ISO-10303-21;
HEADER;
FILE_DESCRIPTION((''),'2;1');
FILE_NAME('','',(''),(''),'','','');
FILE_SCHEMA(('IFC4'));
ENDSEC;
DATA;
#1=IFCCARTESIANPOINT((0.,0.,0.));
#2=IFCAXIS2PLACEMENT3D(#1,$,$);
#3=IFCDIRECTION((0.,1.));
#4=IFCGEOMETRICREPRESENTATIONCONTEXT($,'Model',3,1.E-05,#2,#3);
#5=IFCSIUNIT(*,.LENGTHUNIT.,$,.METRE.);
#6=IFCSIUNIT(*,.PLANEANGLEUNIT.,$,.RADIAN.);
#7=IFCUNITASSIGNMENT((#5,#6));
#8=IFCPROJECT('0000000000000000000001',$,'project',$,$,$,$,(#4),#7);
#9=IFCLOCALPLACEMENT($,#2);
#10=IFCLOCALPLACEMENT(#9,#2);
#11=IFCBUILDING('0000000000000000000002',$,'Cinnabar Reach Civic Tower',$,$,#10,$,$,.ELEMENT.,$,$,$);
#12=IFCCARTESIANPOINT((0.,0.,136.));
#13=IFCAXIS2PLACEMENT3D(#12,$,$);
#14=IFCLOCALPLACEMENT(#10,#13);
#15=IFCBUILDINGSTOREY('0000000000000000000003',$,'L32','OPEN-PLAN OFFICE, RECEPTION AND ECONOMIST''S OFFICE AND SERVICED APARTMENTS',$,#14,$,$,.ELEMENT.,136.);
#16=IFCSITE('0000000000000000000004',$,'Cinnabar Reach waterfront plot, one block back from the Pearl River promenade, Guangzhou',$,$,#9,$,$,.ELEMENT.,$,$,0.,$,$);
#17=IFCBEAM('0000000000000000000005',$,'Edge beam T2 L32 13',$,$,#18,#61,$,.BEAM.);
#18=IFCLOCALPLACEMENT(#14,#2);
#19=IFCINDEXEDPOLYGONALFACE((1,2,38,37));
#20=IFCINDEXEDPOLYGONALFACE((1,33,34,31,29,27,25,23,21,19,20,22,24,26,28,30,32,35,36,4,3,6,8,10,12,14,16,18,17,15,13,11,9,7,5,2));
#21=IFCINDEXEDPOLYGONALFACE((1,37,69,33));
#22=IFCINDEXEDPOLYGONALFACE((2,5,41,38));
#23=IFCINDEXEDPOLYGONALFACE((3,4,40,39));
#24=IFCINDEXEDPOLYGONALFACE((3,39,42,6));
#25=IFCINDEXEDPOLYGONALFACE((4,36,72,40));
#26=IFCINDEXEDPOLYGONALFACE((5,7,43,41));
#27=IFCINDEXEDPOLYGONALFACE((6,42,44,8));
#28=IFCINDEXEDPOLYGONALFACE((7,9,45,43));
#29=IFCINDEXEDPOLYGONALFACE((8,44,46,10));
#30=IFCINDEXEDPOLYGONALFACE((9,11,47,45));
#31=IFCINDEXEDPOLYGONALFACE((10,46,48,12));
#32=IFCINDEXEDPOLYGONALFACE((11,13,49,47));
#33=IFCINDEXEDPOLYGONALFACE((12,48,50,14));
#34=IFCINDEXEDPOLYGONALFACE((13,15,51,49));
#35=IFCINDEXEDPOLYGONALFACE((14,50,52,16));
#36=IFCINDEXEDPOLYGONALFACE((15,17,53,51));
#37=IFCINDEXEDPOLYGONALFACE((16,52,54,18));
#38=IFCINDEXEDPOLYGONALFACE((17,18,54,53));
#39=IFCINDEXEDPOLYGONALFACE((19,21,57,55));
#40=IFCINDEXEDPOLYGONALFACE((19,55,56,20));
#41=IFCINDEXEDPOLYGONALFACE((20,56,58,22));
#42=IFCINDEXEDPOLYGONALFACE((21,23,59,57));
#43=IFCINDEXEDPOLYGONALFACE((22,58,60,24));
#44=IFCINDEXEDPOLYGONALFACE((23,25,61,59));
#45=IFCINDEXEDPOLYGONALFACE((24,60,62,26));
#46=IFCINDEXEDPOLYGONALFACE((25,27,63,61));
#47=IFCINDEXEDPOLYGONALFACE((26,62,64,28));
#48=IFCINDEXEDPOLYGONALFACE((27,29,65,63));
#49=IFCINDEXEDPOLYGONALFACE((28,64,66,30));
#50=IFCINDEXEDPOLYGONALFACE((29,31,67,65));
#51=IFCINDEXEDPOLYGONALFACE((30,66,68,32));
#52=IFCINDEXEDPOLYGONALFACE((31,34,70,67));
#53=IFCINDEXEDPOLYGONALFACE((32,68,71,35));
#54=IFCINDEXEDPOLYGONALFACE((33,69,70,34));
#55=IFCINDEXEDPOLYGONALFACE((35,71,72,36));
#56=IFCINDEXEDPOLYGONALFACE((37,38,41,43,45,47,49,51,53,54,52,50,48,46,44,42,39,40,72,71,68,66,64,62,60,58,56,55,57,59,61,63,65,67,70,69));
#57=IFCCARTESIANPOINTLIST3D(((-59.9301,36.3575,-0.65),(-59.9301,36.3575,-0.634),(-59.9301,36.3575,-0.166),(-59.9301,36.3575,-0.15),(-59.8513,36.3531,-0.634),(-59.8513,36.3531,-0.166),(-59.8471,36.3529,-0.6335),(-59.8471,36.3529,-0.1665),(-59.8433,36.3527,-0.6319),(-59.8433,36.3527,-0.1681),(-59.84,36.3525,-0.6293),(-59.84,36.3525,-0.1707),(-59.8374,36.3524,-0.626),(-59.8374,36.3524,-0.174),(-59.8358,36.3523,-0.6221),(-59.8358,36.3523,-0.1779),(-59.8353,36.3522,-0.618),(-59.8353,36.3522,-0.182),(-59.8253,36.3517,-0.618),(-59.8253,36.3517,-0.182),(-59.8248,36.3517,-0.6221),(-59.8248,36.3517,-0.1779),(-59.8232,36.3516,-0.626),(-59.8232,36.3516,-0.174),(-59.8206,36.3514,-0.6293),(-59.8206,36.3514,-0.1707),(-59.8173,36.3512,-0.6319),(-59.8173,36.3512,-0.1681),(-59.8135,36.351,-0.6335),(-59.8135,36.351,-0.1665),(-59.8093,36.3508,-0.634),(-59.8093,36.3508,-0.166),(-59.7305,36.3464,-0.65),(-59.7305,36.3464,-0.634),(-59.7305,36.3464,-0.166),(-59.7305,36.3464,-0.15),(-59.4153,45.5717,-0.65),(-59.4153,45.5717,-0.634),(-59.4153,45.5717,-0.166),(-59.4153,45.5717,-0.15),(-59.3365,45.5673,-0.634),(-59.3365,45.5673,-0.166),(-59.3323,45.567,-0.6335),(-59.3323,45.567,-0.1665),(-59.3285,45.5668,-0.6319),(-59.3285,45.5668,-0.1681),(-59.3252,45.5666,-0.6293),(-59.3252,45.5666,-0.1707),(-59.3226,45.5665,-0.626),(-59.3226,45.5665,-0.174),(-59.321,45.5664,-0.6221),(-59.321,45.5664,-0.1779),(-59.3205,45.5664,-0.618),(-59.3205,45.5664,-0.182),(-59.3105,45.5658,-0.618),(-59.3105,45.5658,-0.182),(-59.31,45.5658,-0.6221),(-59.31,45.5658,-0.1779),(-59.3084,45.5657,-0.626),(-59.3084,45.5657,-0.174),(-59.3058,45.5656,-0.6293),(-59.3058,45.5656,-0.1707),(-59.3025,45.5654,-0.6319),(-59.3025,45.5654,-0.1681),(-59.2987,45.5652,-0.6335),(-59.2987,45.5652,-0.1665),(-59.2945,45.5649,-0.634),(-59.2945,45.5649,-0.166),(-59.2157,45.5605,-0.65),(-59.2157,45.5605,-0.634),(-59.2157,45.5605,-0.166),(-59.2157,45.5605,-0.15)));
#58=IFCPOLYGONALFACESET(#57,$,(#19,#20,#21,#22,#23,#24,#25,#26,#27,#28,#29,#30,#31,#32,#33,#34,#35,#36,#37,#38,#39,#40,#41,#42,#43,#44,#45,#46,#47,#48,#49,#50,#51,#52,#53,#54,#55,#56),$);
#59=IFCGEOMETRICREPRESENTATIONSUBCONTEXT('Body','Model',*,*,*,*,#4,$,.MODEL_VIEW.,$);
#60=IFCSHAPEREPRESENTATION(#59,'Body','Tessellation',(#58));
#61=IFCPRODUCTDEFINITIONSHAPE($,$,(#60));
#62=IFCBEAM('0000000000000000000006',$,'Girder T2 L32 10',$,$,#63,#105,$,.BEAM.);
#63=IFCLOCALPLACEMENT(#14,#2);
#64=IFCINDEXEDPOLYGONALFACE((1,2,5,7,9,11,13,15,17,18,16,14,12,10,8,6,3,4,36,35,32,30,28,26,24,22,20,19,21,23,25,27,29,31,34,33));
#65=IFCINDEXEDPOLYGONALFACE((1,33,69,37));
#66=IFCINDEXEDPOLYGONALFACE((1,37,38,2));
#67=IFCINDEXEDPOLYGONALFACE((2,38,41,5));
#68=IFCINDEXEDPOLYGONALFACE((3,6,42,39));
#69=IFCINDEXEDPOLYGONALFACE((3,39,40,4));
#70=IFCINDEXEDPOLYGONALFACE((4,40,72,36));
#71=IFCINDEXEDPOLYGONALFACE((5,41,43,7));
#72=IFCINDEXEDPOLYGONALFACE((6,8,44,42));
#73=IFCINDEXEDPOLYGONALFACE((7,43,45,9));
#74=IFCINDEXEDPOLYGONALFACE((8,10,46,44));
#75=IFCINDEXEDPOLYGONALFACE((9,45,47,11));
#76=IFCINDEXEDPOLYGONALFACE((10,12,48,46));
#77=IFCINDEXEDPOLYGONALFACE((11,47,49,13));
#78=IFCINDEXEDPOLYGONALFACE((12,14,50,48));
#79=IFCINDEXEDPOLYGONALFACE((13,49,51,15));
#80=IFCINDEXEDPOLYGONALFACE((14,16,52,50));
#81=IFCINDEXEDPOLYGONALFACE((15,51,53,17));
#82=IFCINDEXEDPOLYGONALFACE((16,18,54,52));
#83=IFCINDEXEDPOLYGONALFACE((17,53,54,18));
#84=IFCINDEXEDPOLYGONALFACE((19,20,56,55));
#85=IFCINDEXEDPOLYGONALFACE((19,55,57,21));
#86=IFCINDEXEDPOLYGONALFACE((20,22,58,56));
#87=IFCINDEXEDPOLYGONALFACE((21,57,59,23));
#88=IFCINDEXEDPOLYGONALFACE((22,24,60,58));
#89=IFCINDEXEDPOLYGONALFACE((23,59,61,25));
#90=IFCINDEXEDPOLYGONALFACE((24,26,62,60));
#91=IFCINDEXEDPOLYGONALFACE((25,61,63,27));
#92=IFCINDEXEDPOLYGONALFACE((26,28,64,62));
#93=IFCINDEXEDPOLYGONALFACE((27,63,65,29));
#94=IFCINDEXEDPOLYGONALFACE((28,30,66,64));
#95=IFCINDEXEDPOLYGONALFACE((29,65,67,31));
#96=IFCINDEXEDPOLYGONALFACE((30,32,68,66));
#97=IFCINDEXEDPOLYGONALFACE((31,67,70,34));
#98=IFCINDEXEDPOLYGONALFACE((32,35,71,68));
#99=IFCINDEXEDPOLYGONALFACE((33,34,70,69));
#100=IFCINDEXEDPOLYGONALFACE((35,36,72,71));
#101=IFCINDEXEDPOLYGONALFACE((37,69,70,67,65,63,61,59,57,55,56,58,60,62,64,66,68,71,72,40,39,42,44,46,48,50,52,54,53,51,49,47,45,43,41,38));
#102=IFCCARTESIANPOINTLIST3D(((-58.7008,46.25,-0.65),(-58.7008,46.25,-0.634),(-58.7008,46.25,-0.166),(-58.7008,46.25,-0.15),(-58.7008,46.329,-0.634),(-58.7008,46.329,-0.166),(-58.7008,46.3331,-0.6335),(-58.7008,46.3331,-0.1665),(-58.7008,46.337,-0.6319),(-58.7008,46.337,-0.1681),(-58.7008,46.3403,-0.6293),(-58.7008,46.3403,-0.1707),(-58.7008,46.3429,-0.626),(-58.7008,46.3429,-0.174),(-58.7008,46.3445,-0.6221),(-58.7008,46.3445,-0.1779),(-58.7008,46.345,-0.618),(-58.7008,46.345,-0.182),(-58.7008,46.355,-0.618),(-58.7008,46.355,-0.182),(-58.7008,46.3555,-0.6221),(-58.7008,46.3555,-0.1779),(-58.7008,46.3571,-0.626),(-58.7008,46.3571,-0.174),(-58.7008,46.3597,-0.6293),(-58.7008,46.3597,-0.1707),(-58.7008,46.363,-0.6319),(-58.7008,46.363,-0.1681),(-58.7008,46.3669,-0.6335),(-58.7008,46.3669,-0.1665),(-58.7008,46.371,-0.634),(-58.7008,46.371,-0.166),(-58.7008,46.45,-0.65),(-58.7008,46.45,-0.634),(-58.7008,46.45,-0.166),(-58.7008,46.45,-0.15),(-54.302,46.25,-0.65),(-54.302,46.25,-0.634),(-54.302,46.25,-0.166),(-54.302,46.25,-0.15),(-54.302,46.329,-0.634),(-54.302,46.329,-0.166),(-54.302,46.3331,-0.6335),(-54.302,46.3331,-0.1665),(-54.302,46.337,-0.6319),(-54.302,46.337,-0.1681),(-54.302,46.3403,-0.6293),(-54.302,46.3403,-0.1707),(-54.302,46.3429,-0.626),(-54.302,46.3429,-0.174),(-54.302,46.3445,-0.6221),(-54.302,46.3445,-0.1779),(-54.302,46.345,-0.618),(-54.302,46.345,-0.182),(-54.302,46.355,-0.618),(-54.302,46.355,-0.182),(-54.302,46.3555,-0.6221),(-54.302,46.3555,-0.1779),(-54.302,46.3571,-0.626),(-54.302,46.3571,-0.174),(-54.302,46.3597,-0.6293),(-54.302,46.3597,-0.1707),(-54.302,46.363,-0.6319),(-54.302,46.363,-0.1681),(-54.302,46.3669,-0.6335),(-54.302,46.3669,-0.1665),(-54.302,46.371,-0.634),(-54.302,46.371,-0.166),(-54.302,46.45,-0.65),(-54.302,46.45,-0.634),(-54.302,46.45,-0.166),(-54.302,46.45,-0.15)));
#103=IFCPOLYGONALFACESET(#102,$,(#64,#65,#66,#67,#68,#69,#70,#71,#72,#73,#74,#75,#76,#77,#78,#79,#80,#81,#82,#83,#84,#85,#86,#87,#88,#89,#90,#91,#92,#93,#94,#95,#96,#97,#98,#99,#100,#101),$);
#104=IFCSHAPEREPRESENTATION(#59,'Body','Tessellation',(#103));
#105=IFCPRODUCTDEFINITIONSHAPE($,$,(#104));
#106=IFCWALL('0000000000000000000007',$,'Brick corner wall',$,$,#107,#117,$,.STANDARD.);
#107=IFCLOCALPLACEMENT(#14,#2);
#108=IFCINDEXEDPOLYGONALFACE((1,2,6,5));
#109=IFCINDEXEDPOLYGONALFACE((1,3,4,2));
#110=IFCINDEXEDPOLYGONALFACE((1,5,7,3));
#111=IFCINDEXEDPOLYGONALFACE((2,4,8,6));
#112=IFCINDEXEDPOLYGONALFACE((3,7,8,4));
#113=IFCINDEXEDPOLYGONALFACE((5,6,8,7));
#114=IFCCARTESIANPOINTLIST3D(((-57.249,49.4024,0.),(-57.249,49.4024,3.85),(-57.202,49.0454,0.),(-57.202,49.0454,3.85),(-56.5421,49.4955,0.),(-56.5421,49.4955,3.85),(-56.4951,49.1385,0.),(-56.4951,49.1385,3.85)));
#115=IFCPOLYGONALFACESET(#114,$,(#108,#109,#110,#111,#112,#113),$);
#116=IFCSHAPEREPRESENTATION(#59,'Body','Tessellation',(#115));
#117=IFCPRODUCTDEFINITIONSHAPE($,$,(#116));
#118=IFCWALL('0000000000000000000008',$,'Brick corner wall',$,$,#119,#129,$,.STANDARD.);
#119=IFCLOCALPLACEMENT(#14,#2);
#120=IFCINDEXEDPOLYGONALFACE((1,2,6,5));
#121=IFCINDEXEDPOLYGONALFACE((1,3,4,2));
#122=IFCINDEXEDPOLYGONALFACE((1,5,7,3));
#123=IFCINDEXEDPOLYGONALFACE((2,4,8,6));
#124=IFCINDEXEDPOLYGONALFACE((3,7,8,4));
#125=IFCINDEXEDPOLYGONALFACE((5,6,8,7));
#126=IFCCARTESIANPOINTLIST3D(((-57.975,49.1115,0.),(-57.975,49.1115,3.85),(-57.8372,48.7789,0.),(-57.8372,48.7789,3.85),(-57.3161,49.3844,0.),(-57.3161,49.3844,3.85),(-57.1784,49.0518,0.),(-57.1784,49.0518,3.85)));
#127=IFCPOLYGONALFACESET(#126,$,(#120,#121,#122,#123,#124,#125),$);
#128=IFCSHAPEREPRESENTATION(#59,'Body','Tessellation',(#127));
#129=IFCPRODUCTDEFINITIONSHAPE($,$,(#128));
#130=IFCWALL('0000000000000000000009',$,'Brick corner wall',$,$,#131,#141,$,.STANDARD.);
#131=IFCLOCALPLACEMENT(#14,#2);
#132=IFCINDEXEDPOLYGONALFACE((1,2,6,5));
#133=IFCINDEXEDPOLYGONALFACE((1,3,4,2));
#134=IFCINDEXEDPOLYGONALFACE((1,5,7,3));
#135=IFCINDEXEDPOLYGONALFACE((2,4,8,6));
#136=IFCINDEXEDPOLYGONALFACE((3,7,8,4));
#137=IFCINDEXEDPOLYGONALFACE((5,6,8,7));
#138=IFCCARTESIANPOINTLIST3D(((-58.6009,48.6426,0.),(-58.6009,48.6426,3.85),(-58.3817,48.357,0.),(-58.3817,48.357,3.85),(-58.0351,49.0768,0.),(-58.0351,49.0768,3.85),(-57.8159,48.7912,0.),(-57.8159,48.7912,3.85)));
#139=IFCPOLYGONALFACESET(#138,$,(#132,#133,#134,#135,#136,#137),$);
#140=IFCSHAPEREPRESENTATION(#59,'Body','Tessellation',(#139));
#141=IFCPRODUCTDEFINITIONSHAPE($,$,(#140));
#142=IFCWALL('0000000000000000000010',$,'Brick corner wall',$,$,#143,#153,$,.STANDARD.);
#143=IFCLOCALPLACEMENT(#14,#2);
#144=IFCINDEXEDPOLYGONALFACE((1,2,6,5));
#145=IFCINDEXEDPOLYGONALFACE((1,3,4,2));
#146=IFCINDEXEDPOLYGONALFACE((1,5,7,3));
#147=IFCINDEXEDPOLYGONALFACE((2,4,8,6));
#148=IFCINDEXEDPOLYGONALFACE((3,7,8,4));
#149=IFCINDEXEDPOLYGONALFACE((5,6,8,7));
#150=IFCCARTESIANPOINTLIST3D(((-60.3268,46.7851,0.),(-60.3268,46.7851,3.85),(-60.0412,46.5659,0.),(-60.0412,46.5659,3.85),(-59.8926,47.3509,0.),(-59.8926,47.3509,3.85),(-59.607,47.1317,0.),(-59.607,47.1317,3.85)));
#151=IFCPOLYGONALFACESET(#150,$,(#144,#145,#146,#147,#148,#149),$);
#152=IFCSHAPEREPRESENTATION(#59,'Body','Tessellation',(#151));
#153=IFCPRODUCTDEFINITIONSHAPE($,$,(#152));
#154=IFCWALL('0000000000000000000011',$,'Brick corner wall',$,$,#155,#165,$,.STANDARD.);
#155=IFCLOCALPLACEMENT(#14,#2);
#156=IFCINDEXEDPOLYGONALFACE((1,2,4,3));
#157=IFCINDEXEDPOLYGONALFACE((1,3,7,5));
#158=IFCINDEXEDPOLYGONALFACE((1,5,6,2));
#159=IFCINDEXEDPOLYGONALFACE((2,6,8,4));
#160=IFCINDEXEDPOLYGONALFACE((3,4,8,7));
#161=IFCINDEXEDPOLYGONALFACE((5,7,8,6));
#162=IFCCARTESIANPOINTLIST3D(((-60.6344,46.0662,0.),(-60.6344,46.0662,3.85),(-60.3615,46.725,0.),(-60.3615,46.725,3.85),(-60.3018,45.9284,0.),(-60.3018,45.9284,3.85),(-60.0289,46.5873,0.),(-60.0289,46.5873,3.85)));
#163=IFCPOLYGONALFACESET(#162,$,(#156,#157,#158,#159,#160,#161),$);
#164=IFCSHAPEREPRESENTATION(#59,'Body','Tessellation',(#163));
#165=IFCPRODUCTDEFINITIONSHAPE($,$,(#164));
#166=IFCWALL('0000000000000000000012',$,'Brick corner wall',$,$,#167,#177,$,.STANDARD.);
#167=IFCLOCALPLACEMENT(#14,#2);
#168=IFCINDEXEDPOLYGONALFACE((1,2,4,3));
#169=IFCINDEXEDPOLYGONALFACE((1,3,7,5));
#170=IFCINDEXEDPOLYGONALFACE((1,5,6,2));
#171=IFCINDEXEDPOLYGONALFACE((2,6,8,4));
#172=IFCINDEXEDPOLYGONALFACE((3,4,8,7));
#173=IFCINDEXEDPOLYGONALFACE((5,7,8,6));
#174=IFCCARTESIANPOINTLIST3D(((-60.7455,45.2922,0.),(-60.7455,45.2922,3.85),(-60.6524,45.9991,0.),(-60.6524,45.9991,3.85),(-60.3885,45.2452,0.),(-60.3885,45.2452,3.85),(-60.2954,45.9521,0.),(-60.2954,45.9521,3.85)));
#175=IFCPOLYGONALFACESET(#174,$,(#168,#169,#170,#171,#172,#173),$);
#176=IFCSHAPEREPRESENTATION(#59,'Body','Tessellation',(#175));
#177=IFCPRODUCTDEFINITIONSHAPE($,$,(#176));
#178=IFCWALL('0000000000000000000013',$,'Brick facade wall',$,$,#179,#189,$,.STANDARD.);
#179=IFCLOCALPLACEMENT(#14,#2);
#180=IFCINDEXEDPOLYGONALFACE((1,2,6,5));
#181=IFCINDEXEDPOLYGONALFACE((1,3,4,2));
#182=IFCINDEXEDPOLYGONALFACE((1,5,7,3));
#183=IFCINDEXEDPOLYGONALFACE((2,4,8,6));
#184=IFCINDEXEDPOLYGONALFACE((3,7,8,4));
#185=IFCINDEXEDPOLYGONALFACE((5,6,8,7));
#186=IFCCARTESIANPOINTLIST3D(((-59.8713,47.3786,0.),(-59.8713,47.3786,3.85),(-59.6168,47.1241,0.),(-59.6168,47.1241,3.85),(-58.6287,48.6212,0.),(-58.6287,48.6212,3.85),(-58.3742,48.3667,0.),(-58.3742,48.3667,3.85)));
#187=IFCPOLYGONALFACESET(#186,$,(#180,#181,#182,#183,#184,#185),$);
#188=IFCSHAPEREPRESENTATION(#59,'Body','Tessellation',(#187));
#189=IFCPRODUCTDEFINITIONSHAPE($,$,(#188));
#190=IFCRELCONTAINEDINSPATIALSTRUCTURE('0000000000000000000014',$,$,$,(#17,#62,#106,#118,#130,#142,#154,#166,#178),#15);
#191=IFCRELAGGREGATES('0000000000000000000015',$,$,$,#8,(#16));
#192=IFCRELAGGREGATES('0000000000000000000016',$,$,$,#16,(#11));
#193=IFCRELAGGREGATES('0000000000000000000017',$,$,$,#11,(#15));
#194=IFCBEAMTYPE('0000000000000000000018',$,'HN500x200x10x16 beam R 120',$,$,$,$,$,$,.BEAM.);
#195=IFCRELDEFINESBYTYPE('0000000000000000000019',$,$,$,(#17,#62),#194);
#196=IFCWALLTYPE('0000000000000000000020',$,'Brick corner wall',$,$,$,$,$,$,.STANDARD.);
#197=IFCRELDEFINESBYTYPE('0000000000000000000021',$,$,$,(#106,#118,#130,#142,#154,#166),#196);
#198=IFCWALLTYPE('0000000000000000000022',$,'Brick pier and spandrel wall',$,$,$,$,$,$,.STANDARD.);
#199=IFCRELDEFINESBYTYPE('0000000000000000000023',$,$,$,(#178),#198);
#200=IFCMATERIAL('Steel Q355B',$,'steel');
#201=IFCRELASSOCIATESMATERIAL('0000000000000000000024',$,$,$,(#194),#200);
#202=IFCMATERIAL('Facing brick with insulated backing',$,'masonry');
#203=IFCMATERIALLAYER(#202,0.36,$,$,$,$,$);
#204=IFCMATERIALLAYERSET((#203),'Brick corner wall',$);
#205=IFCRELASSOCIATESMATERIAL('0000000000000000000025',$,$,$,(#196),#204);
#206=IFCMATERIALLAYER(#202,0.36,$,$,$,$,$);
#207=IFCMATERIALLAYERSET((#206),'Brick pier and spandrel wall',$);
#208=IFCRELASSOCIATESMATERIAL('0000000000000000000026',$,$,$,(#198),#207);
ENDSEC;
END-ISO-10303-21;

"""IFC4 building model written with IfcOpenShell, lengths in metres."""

from ifc_helpers import new_model, si_unit, direction, frame, frame_2d, origin, origin_2d, place, context, subcontext, project, spatial, rectangle, i_section, extrude, material, layer, layer_set, material_profile, profile_set, type_object, element, save


model = new_model("IFC4")

# Units and contexts
model_context = context("Model", 3, precision=1e-05, world=origin(), true_north=direction((0.0, 1.0)))
body_context = subcontext(model_context, "Body", "Model", "MODEL_VIEW")
ifc_project = project(units=[si_unit("LENGTHUNIT", "METRE"), si_unit("PLANEANGLEUNIT", "RADIAN")], contexts=[model_context])

# Site, building, storey
site_placement = place(None, origin())
site = spatial("IfcSite", under=ifc_project, at=site_placement, Name="Cinnabar Reach waterfront plot, one block back from the Pearl River promenade, Guangzhou", CompositionType="ELEMENT", RefElevation=0.0)
building_placement = place(site_placement, origin())
building = spatial("IfcBuilding", under=site, at=building_placement, Name="Cinnabar Reach Civic Tower", CompositionType="ELEMENT")
storey_placement = place(building_placement, frame((0.0, 0.0, 136.0)))
storey = spatial("IfcBuildingStorey", under=building, at=storey_placement, Name="L32", Description="OPEN-PLAN OFFICE, RECEPTION AND ECONOMIST'S OFFICE AND SERVICED APARTMENTS", CompositionType="ELEMENT", Elevation=136.0)

# Beams
ifc_material_1 = material(Name="Steel Q355B", Category="steel")
ifc_material_profile_1 = material_profile(ifc_material_1, i_section(OverallWidth=0.2, OverallDepth=0.5, WebThickness=0.01, FlangeThickness=0.016, FilletRadius=0.016, at=origin_2d()), Name="HN500x200x10x16")
ifc_profile_set_1 = profile_set([ifc_material_profile_1], Name="Steel Q355B")
beam_type_1 = type_object("IfcBeamType", Name="HN500x200x10x16 beam R 120", PredefinedType="BEAM", material=ifc_profile_set_1)
beam_1_placement = place(storey_placement, frame((-59.3155, 45.5661, -0.4), z_axis=(-0.055784, -0.998443, 0.0), x_axis=(0.998443, -0.055784, 0.0)))
element("IfcBeam", 1, at=beam_1_placement, inside=storey, type_object=beam_type_1, Name="Edge beam T2 L32 13", PredefinedType="BEAM", context=body_context, shape_type="SweptSolid", body=[
    extrude(i_section(OverallWidth=0.2, OverallDepth=0.5, WebThickness=0.01, FlangeThickness=0.016, FilletRadius=0.016, at=origin_2d()), origin(), (0.0, 0.0, 1.0), 9.2285),
])
beam_2_placement = place(storey_placement, frame((-58.7008, 46.35, -0.4), z_axis=(1.0, 0.0, 0.0), x_axis=(0.0, 1.0, 0.0)))
element("IfcBeam", 2, at=beam_2_placement, inside=storey, type_object=beam_type_1, Name="Girder T2 L32 10", PredefinedType="BEAM", context=body_context, shape_type="SweptSolid", body=[
    extrude(i_section(OverallWidth=0.2, OverallDepth=0.5, WebThickness=0.01, FlangeThickness=0.016, FilletRadius=0.016, at=origin_2d()), origin(), (0.0, 0.0, 1.0), 4.3988),
])

# Walls
ifc_material_2 = material(Name="Facing brick with insulated backing", Category="masonry")
ifc_layer_1 = layer(ifc_material_2, 0.36)
ifc_layer_set_1 = layer_set([ifc_layer_1], Name="Brick corner wall")
wall_type_1 = type_object("IfcWallType", Name="Brick corner wall", PredefinedType="STANDARD", material=ifc_layer_set_1)
for number, where, z_axis, x_axis, name in (
    (3, (-56.5186, 49.317, 0.0), (0.0, 0.0, 1.0), (-0.991441, -0.130556, 0.0), "Brick corner wall"),
    (4, (-57.2473, 49.2181, 0.0), (0.0, 0.0, 1.0), (-0.923872, -0.382703, 0.0), "Brick corner wall"),
):
    element("IfcWall", number, at=place(storey_placement, frame(where, z_axis=z_axis, x_axis=x_axis)), inside=storey, type_object=wall_type_1, Name=name, PredefinedType="STANDARD", context=body_context, shape_type="SweptSolid", body=[
        extrude(rectangle(XDim=0.7131, YDim=0.36, at=frame_2d((0.3565, 0.0))), origin(), (0.0, 0.0, 1.0), 3.85),
    ])
for number, where, z_axis, x_axis, name in (
    (5, (-57.9255, 48.934, 0.0), (0.0, 0.0, 1.0), (-0.793322, -0.608802, 0.0), "Brick corner wall"),
    (6, (-59.7498, 47.2413, 0.0), (0.0, 0.0, 1.0), (-0.608802, -0.793322, 0.0), "Brick corner wall"),
):
    element("IfcWall", number, at=place(storey_placement, frame(where, z_axis=z_axis, x_axis=x_axis)), inside=storey, type_object=wall_type_1, Name=name, PredefinedType="STANDARD", context=body_context, shape_type="SweptSolid", body=[
        extrude(rectangle(XDim=0.7132, YDim=0.36, at=frame_2d((0.3566, 0.0))), origin(), (0.0, 0.0, 1.0), 3.85),
    ])
for number, where, z_axis, x_axis, name in (
    (7, (-60.1952, 46.6561, 0.0), (0.0, 0.0, 1.0), (-0.382703, -0.923872, 0.0), "Brick corner wall"),
    (8, (-60.4739, 45.9756, 0.0), (0.0, 0.0, 1.0), (-0.130556, -0.991441, 0.0), "Brick corner wall"),
):
    element("IfcWall", number, at=place(storey_placement, frame(where, z_axis=z_axis, x_axis=x_axis)), inside=storey, type_object=wall_type_1, Name=name, PredefinedType="STANDARD", context=body_context, shape_type="SweptSolid", body=[
        extrude(rectangle(XDim=0.7131, YDim=0.36, at=frame_2d((0.3565, 0.0))), origin(), (0.0, 0.0, 1.0), 3.85),
    ])
ifc_layer_2 = layer(ifc_material_2, 0.36)
ifc_layer_set_2 = layer_set([ifc_layer_2], Name="Brick pier and spandrel wall")
wall_type_2 = type_object("IfcWallType", Name="Brick pier and spandrel wall", PredefinedType="STANDARD", material=ifc_layer_set_2)
wall_1_placement = place(storey_placement, frame((-58.5014, 48.494, 0.0), z_axis=(0.0, 0.0, 1.0), x_axis=(-0.707107, -0.707107, 0.0)))
element("IfcWall", 9, at=wall_1_placement, inside=storey, type_object=wall_type_2, Name="Brick facade wall", PredefinedType="STANDARD", context=body_context, shape_type="SweptSolid", body=[
    extrude(rectangle(XDim=1.7573, YDim=0.36, at=frame_2d((0.8787, 0.0))), origin(), (0.0, 0.0, 1.0), 3.85),
])

save(model, "model.ifc")
